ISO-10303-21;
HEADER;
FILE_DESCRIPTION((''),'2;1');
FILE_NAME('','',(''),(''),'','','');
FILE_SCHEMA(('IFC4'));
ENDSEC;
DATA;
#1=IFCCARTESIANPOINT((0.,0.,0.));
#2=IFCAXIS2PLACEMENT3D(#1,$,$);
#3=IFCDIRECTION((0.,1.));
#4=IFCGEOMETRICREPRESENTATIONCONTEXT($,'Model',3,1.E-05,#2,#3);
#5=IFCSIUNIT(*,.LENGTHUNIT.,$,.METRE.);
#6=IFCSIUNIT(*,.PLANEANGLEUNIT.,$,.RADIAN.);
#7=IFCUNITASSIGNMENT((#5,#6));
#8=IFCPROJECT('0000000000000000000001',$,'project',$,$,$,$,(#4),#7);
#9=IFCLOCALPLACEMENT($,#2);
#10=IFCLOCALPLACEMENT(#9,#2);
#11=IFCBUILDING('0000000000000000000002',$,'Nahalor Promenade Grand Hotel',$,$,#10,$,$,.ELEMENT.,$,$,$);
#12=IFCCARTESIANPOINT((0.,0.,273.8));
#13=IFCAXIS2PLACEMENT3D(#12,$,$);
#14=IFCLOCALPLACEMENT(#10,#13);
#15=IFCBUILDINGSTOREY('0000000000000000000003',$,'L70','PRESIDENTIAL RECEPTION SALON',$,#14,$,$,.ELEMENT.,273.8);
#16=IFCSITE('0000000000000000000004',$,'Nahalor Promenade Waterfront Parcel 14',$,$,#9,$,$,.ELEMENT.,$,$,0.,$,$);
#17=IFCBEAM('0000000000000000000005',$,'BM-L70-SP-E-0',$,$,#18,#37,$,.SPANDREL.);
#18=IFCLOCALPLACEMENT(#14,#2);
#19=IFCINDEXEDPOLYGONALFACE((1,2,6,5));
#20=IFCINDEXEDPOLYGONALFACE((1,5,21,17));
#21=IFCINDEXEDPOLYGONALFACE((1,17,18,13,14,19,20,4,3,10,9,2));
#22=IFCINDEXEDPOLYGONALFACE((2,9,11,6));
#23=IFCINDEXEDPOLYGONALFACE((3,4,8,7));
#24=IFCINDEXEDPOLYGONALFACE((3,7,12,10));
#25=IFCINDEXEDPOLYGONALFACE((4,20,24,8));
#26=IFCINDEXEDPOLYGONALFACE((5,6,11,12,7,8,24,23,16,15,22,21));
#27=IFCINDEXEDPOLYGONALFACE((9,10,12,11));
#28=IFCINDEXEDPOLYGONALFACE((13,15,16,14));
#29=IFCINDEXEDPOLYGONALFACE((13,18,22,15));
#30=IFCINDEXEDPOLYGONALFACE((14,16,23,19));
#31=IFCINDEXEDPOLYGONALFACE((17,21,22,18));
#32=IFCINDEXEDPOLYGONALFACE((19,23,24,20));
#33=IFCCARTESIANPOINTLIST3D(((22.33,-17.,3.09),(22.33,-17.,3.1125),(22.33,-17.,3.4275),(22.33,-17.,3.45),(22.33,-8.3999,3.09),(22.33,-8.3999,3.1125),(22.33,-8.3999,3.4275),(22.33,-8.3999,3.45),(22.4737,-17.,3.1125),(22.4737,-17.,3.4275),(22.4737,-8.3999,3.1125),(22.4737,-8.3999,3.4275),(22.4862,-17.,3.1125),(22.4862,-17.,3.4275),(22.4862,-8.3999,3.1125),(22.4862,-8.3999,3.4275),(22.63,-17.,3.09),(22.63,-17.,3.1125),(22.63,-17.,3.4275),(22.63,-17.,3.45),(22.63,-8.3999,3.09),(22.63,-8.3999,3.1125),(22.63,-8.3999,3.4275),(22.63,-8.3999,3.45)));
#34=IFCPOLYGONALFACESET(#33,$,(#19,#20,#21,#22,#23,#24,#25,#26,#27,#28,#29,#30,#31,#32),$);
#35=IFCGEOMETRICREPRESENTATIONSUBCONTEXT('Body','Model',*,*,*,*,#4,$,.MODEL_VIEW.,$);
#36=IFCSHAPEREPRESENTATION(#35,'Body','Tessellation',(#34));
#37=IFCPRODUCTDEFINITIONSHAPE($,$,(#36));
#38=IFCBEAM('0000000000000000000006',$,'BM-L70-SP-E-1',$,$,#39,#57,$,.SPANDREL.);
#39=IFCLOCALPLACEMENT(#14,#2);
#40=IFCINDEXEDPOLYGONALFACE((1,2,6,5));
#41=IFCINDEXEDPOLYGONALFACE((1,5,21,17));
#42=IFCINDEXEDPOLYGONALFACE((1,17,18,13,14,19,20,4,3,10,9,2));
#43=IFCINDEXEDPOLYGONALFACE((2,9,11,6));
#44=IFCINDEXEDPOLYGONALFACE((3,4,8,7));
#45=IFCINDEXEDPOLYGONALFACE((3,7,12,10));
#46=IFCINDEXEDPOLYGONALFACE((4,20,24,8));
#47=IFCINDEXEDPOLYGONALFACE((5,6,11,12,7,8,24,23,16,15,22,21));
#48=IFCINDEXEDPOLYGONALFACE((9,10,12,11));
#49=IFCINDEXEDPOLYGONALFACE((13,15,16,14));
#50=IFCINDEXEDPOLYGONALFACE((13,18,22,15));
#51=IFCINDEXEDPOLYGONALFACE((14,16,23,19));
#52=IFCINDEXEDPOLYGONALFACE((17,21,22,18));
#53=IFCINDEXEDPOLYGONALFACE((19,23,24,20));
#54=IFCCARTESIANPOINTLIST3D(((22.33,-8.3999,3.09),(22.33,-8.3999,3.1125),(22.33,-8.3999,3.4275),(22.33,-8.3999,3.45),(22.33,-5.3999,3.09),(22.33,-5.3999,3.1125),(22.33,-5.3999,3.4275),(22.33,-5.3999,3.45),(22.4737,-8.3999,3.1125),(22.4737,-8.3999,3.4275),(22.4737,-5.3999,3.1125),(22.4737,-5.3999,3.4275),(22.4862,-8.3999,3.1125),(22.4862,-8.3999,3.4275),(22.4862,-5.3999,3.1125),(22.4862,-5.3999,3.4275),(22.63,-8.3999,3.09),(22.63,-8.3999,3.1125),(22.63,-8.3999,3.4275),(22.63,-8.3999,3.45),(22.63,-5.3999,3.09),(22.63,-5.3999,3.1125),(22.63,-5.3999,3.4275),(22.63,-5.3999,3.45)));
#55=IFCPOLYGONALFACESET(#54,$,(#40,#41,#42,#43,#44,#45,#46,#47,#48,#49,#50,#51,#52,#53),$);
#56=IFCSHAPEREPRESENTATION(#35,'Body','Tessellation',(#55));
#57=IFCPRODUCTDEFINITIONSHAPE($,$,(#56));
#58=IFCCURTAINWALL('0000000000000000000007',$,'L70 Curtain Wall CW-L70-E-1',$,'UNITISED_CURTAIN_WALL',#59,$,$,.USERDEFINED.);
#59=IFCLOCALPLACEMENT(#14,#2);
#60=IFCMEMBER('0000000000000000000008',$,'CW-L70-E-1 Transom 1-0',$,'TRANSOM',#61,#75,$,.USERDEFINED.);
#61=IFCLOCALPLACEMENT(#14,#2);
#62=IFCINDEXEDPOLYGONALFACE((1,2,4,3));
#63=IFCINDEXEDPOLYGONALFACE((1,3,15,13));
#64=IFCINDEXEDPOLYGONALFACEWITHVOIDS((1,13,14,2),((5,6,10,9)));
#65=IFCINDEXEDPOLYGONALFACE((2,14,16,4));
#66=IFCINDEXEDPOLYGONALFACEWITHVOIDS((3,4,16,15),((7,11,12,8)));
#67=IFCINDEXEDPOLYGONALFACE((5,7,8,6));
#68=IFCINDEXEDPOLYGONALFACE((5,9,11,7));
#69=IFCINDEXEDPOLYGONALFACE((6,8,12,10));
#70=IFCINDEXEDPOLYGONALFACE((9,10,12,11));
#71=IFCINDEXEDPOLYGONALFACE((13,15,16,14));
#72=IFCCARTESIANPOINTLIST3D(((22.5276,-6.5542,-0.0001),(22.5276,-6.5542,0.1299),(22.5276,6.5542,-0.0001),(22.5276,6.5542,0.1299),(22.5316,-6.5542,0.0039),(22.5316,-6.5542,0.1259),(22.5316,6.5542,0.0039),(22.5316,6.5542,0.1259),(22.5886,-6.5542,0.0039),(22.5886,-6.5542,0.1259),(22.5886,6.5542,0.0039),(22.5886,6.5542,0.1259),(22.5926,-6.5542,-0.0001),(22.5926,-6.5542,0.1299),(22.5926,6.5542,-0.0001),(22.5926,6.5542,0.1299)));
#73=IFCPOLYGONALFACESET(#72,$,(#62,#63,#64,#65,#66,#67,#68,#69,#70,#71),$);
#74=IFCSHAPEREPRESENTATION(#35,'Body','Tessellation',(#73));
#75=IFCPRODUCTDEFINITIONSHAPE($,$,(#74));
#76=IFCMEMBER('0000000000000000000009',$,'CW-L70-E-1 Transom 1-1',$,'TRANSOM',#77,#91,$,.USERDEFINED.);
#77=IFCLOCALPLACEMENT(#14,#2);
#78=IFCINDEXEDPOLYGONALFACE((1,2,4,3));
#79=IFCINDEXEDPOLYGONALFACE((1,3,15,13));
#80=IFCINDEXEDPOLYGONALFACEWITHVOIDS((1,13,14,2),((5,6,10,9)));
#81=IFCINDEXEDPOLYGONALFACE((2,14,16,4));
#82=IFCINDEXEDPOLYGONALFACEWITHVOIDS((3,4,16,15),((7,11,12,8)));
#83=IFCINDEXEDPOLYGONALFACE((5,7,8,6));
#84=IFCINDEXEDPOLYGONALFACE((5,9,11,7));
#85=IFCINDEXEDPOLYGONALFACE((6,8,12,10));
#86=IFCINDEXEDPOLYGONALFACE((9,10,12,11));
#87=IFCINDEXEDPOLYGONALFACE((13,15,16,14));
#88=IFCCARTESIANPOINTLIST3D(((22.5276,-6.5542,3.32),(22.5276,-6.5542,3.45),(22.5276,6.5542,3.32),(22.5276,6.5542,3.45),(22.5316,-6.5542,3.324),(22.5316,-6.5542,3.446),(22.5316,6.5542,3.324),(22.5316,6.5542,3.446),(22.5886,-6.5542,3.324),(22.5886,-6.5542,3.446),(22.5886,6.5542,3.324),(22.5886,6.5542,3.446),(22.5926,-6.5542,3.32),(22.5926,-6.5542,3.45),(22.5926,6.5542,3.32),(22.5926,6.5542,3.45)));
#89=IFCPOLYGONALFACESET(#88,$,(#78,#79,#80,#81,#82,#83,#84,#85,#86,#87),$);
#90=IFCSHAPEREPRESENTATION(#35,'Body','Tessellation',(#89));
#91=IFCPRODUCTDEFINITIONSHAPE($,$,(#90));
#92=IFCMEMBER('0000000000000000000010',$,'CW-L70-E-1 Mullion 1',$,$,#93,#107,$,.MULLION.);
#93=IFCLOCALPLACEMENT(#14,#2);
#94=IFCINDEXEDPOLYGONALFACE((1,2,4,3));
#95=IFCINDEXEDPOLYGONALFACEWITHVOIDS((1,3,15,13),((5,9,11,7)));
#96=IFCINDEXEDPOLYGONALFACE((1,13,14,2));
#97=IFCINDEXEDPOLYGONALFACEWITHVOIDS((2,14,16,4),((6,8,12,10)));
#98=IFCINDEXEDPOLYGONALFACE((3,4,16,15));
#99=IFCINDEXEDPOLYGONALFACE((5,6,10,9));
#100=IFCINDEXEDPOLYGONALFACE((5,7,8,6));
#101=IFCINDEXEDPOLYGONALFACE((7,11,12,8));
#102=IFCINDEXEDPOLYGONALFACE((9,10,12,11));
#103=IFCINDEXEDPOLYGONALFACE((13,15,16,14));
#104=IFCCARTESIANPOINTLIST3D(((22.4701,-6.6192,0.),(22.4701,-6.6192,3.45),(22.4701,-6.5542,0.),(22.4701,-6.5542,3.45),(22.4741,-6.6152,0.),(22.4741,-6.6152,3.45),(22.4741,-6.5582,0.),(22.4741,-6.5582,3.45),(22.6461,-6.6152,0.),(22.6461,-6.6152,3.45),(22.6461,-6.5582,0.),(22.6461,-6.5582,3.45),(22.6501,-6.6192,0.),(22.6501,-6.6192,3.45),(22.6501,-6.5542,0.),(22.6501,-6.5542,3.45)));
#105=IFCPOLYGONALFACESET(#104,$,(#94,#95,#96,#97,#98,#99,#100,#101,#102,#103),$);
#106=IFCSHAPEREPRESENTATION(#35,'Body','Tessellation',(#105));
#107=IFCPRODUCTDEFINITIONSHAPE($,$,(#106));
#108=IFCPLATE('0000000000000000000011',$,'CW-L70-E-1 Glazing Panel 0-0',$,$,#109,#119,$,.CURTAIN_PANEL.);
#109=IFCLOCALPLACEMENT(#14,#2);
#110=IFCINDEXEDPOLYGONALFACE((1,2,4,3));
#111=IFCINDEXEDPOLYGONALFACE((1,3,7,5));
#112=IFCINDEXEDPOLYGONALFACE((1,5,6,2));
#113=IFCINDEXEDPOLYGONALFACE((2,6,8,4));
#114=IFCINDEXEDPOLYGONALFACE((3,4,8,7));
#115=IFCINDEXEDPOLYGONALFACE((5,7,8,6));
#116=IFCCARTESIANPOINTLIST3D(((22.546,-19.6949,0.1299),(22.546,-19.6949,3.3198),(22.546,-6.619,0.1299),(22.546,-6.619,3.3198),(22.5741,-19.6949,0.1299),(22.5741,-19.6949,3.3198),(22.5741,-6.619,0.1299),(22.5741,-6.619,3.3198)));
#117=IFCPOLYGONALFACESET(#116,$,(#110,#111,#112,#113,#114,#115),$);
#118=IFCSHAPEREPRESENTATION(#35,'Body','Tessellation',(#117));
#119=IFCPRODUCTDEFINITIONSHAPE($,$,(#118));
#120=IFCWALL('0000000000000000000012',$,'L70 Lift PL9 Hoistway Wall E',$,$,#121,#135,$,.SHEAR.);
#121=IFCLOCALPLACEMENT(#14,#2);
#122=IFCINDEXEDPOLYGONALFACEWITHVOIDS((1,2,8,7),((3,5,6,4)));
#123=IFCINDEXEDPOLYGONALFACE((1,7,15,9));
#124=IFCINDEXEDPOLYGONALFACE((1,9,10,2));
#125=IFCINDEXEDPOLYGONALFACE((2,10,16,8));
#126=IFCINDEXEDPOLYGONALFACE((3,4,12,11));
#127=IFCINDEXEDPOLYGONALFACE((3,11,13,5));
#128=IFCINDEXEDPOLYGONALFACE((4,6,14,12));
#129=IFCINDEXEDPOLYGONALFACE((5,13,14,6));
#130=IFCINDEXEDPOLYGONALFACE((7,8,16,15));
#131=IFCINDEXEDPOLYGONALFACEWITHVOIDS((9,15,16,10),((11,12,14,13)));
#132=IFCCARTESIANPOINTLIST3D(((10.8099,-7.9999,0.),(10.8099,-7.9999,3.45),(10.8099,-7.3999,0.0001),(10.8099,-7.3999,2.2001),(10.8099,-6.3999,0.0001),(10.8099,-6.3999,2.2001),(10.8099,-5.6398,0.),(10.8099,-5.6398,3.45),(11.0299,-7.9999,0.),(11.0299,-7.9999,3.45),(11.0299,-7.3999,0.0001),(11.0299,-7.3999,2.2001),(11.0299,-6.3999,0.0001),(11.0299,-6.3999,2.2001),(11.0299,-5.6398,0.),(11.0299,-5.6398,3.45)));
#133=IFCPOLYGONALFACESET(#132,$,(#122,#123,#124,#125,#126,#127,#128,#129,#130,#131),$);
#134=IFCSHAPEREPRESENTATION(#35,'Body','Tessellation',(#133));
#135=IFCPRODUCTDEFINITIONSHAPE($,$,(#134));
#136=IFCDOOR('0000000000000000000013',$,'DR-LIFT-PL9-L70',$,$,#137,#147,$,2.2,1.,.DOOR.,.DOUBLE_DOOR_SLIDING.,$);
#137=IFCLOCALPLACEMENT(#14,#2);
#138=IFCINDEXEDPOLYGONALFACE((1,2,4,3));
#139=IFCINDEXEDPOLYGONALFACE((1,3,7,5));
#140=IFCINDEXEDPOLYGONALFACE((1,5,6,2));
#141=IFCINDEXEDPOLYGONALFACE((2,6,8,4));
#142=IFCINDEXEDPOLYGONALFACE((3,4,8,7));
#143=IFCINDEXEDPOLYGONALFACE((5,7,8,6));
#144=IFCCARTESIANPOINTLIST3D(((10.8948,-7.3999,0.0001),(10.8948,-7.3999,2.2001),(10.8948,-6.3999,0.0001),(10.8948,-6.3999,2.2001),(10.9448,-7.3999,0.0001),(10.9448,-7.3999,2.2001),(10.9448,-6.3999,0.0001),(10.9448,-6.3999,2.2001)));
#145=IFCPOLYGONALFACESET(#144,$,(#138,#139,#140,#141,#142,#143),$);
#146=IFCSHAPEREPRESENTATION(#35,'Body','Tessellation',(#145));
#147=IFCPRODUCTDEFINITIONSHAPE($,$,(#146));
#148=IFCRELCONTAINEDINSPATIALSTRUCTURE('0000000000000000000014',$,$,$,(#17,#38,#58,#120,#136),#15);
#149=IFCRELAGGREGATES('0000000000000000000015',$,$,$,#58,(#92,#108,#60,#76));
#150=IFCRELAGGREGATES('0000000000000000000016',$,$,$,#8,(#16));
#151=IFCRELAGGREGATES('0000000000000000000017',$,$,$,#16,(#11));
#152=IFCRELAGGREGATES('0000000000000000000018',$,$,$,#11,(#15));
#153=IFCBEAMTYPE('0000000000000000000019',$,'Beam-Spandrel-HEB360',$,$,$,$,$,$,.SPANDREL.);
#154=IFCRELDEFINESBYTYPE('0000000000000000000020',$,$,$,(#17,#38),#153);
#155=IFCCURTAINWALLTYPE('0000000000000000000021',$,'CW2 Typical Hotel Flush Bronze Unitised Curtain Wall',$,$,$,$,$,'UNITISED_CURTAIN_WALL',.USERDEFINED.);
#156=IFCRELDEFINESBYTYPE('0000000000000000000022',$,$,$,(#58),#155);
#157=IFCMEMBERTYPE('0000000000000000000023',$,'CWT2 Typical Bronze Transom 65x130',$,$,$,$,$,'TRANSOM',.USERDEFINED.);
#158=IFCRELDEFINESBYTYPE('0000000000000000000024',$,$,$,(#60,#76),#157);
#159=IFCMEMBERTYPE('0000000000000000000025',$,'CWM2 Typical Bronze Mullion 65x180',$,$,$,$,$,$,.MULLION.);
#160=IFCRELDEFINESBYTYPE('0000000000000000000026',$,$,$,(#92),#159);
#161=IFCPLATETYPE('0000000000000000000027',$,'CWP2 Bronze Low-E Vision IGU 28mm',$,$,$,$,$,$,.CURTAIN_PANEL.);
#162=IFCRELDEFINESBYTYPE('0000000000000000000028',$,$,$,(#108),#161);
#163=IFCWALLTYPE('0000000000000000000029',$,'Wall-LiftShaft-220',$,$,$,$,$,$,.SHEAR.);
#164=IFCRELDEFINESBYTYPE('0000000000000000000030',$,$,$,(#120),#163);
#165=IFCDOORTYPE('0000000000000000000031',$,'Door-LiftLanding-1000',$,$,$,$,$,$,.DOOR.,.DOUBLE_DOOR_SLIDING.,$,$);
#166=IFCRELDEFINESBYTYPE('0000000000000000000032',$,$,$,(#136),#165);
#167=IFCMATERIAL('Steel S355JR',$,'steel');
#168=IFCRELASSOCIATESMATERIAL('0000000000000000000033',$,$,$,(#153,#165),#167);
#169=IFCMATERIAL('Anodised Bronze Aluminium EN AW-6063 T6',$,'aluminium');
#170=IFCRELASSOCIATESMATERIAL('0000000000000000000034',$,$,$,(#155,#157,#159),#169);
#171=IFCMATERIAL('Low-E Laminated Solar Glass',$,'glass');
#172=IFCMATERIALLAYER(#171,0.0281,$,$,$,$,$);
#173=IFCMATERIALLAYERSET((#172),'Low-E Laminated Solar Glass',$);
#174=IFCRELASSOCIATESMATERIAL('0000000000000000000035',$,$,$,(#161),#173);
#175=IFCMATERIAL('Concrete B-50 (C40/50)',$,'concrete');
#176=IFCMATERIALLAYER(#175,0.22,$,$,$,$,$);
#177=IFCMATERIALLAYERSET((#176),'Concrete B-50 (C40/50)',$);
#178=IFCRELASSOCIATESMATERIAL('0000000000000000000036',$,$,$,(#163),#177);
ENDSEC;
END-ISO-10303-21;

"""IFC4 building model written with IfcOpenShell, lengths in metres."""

from ifc_helpers import new_model, si_unit, direction, frame, frame_2d, origin, origin_2d, place, context, subcontext, project, spatial, rectangle, hollow_rectangle, i_section, extrude, source, transform, mapped, material, layer, layer_set, material_profile, profile_set, type_object, element, fill, aggregate, save


model = new_model("IFC4")

# Units and contexts
model_context = context("Model", 3, precision=1e-05, world=origin(), true_north=direction((0.0, 1.0)))
body_context = subcontext(model_context, "Body", "Model", "MODEL_VIEW")
ifc_project = project(units=[si_unit("LENGTHUNIT", "METRE"), si_unit("PLANEANGLEUNIT", "RADIAN")], contexts=[model_context])

# Site, building, storey
site_placement = place(None, origin())
site = spatial("IfcSite", under=ifc_project, at=site_placement, Name="Nahalor Promenade Waterfront Parcel 14", CompositionType="ELEMENT", RefElevation=0.0)
building_placement = place(site_placement, origin())
building = spatial("IfcBuilding", under=site, at=building_placement, Name="Nahalor Promenade Grand Hotel", CompositionType="ELEMENT")
storey_placement = place(building_placement, frame((0.0, 0.0, 273.8)))
storey = spatial("IfcBuildingStorey", under=building, at=storey_placement, Name="L70", Description="PRESIDENTIAL RECEPTION SALON", CompositionType="ELEMENT", Elevation=273.8)

# Shared definitions
ifc_material_1 = material(Name="Steel S355JR", Category="steel")

# Beams
ifc_material_profile_1 = material_profile(ifc_material_1, i_section(OverallWidth=0.3, OverallDepth=0.36, WebThickness=0.0125, FlangeThickness=0.0225, at=origin_2d()), Name="HEB 360")
ifc_profile_set_1 = profile_set([ifc_material_profile_1], Name="Steel S355JR")
beam_type_1 = type_object("IfcBeamType", Name="Beam-Spandrel-HEB360", PredefinedType="SPANDREL", material=ifc_profile_set_1)
shared_shape_1 = source(origin(), body_context, "Body", "SweptSolid", [
    extrude(i_section(OverallWidth=0.3, OverallDepth=0.36, WebThickness=0.0125, FlangeThickness=0.0225, at=origin_2d()), origin(), (0.0, 0.0, 1.0), 8.6001),
])
beam_1_placement = place(storey_placement, frame((22.48, -17.0, 3.27), z_axis=(0.0, 1.0, 0.0), x_axis=(-1.0, 0.0, 0.0)))
element("IfcBeam", 1, at=beam_1_placement, inside=storey, type_object=beam_type_1, Name="BM-L70-SP-E-0", PredefinedType="SPANDREL", context=body_context, shape_type="MappedRepresentation", body=[
    mapped(shared_shape_1, transform((0.0, 0.0, 0.0), scale=1.0)),
])
shared_shape_2 = source(origin(), body_context, "Body", "SweptSolid", [
    extrude(i_section(OverallWidth=0.3, OverallDepth=0.36, WebThickness=0.0125, FlangeThickness=0.0225, at=origin_2d()), origin(), (0.0, 0.0, 1.0), 3.0),
])
beam_2_placement = place(storey_placement, frame((22.48, -8.3999, 3.27), z_axis=(0.0, 1.0, 0.0), x_axis=(-1.0, 0.0, 0.0)))
element("IfcBeam", 2, at=beam_2_placement, inside=storey, type_object=beam_type_1, Name="BM-L70-SP-E-1", PredefinedType="SPANDREL", context=body_context, shape_type="MappedRepresentation", body=[
    mapped(shared_shape_2, transform((0.0, 0.0, 0.0), scale=1.0)),
])

# Curtain wall, members, plate
ifc_material_2 = material(Name="Anodised Bronze Aluminium EN AW-6063 T6", Category="aluminium")
curtain_wall_type = type_object("IfcCurtainWallType", Name="CW2 Typical Hotel Flush Bronze Unitised Curtain Wall", ElementType="UNITISED_CURTAIN_WALL", PredefinedType="USERDEFINED", material=ifc_material_2)
curtain_wall_placement = place(storey_placement, origin())
curtain_wall = element("IfcCurtainWall", 3, at=curtain_wall_placement, inside=storey, type_object=curtain_wall_type, Name="L70 Curtain Wall CW-L70-E-1", ObjectType="UNITISED_CURTAIN_WALL", PredefinedType="USERDEFINED")
ifc_material_profile_2 = material_profile(ifc_material_2, hollow_rectangle(XDim=0.065, YDim=0.13, WallThickness=0.004, at=origin_2d()), Name="CWT 65x130x4")
ifc_profile_set_2 = profile_set([ifc_material_profile_2], Name="Anodised Bronze Aluminium EN AW-6063 T6")
member_type_1 = type_object("IfcMemberType", Name="CWT2 Typical Bronze Transom 65x130", ElementType="TRANSOM", PredefinedType="USERDEFINED", material=ifc_profile_set_2)
shared_shape_3 = source(origin(), body_context, "Body", "SweptSolid", [
    extrude(hollow_rectangle(XDim=0.065, YDim=0.13, WallThickness=0.004, at=origin_2d()), origin(), (0.0, 0.0, 1.0), 13.1084),
])
member_1_placement = place(storey_placement, frame((22.5601, -6.5542, 0.0649), z_axis=(0.0, 1.0, 0.0), x_axis=(-1.0, 0.0, 0.0)))
member_1 = element("IfcMember", 4, at=member_1_placement, type_object=member_type_1, Name="CW-L70-E-1 Transom 1-0", ObjectType="TRANSOM", PredefinedType="USERDEFINED", context=body_context, shape_type="MappedRepresentation", body=[
    mapped(shared_shape_3, transform((0.0, 0.0, 0.0), scale=1.0)),
])
member_2_placement = place(storey_placement, frame((22.5601, -6.5542, 3.385), z_axis=(0.0, 1.0, 0.0), x_axis=(-1.0, 0.0, 0.0)))
member_2 = element("IfcMember", 5, at=member_2_placement, type_object=member_type_1, Name="CW-L70-E-1 Transom 1-1", ObjectType="TRANSOM", PredefinedType="USERDEFINED", context=body_context, shape_type="MappedRepresentation", body=[
    mapped(shared_shape_3, transform((0.0, 0.0, 0.0), scale=1.0)),
])
ifc_material_profile_3 = material_profile(ifc_material_2, hollow_rectangle(XDim=0.065, YDim=0.18, WallThickness=0.004, at=origin_2d()), Name="CWM 65x180x4")
ifc_profile_set_3 = profile_set([ifc_material_profile_3], Name="Anodised Bronze Aluminium EN AW-6063 T6")
member_type_2 = type_object("IfcMemberType", Name="CWM2 Typical Bronze Mullion 65x180", PredefinedType="MULLION", material=ifc_profile_set_3)
shared_shape_4 = source(origin(), body_context, "Body", "SweptSolid", [
    extrude(hollow_rectangle(XDim=0.065, YDim=0.18, WallThickness=0.004, at=origin_2d()), origin(), (0.0, 0.0, 1.0), 3.45),
])
member_3_placement = place(storey_placement, frame((22.5601, -6.5867, 0.0), z_axis=(0.0, 0.0, 1.0), x_axis=(0.0, 1.0, 0.0)))
member_3 = element("IfcMember", 6, at=member_3_placement, type_object=member_type_2, Name="CW-L70-E-1 Mullion 1", PredefinedType="MULLION", context=body_context, shape_type="MappedRepresentation", body=[
    mapped(shared_shape_4, transform((0.0, 0.0, 0.0), scale=1.0)),
])
ifc_material_3 = material(Name="Low-E Laminated Solar Glass", Category="glass")
ifc_layer_1 = layer(ifc_material_3, 0.0281)
ifc_layer_set_1 = layer_set([ifc_layer_1], Name="Low-E Laminated Solar Glass")
plate_type = type_object("IfcPlateType", Name="CWP2 Bronze Low-E Vision IGU 28mm", PredefinedType="CURTAIN_PANEL", material=ifc_layer_set_1)
shared_shape_5 = source(origin(), body_context, "Body", "SweptSolid", [
    extrude(rectangle(XDim=13.0759, YDim=0.0281, at=origin_2d()), origin(), (0.0, 0.0, 1.0), 3.1899),
])
plate_placement = place(storey_placement, frame((22.5601, -13.157, 0.1299), z_axis=(0.0, 0.0, 1.0), x_axis=(0.0, 1.0, 0.0)))
plate = element("IfcPlate", 7, at=plate_placement, type_object=plate_type, Name="CW-L70-E-1 Glazing Panel 0-0", PredefinedType="CURTAIN_PANEL", context=body_context, shape_type="MappedRepresentation", body=[
    mapped(shared_shape_5, transform((0.0, 0.0, 0.0), scale=1.0)),
])
aggregate(curtain_wall, [member_3, plate, member_1, member_2])

# Wall, opening, door
ifc_material_4 = material(Name="Concrete B-50 (C40/50)", Category="concrete")
ifc_layer_2 = layer(ifc_material_4, 0.22)
ifc_layer_set_2 = layer_set([ifc_layer_2], Name="Concrete B-50 (C40/50)")
wall_type_1 = type_object("IfcWallType", Name="Wall-LiftShaft-220", PredefinedType="SHEAR", material=ifc_layer_set_2)
shared_shape_6 = source(origin(), body_context, "Body", "SweptSolid", [
    extrude(rectangle(XDim=2.3601, YDim=0.22, at=frame_2d((1.1802, 0.0))), origin(), (0.0, 0.0, 1.0), 3.45),
])
wall_1_placement = place(storey_placement, frame((10.9199, -8.0, 0.0), z_axis=(0.0, 0.0, 1.0), x_axis=(0.0, 1.0, 0.0)))
wall_1 = element("IfcWall", 8, at=wall_1_placement, inside=storey, type_object=wall_type_1, Name="L70 Lift PL9 Hoistway Wall E", PredefinedType="SHEAR", context=body_context, shape_type="MappedRepresentation", body=[
    mapped(shared_shape_6, transform((0.0, 0.0, 0.0), scale=1.0)),
])
opening_1_placement = place(wall_1_placement, frame((0.6001, 0.0, 0.0)))
opening_1 = element("IfcOpeningElement", 9, at=opening_1_placement, cuts=wall_1, PredefinedType="OPENING", context=body_context, shape_type="SweptSolid", body=[
    extrude(rectangle(XDim=1.0, YDim=2.2, at=frame_2d((0.5, 1.1001))), frame((0.0, 0.1199, 0.0), z_axis=(0.0, -1.0, 0.0), x_axis=(1.0, 0.0, 0.0)), (0.0, 0.0, 1.0), 0.24),
])
door_type_1 = type_object("IfcDoorType", Name="Door-LiftLanding-1000", OperationType="DOUBLE_DOOR_SLIDING", PredefinedType="DOOR", material=ifc_material_1)
shared_shape_7 = source(origin(), body_context, "Body", "SweptSolid", [
    extrude(rectangle(XDim=1.0, YDim=2.2, at=frame_2d((0.5, 1.1001))), frame((0.0, 0.0249, 0.0), z_axis=(0.0, -1.0, 0.0), x_axis=(1.0, 0.0, 0.0)), (0.0, 0.0, 1.0), 0.05),
])
door_1_placement = place(opening_1_placement, frame((1.0, 0.0, 0.0), z_axis=(0.0, 0.0, 1.0), x_axis=(-1.0, 0.0, 0.0)))
door_1 = element("IfcDoor", 10, at=door_1_placement, inside=storey, type_object=door_type_1, Name="DR-LIFT-PL9-L70", OperationType="DOUBLE_DOOR_SLIDING", OverallHeight=2.2, OverallWidth=1.0, PredefinedType="DOOR", context=body_context, shape_type="MappedRepresentation", body=[
    mapped(shared_shape_7, transform((0.0, 0.0, 0.0), scale=1.0)),
])
fill(opening_1, door_1)

save(model, "model.ifc")
